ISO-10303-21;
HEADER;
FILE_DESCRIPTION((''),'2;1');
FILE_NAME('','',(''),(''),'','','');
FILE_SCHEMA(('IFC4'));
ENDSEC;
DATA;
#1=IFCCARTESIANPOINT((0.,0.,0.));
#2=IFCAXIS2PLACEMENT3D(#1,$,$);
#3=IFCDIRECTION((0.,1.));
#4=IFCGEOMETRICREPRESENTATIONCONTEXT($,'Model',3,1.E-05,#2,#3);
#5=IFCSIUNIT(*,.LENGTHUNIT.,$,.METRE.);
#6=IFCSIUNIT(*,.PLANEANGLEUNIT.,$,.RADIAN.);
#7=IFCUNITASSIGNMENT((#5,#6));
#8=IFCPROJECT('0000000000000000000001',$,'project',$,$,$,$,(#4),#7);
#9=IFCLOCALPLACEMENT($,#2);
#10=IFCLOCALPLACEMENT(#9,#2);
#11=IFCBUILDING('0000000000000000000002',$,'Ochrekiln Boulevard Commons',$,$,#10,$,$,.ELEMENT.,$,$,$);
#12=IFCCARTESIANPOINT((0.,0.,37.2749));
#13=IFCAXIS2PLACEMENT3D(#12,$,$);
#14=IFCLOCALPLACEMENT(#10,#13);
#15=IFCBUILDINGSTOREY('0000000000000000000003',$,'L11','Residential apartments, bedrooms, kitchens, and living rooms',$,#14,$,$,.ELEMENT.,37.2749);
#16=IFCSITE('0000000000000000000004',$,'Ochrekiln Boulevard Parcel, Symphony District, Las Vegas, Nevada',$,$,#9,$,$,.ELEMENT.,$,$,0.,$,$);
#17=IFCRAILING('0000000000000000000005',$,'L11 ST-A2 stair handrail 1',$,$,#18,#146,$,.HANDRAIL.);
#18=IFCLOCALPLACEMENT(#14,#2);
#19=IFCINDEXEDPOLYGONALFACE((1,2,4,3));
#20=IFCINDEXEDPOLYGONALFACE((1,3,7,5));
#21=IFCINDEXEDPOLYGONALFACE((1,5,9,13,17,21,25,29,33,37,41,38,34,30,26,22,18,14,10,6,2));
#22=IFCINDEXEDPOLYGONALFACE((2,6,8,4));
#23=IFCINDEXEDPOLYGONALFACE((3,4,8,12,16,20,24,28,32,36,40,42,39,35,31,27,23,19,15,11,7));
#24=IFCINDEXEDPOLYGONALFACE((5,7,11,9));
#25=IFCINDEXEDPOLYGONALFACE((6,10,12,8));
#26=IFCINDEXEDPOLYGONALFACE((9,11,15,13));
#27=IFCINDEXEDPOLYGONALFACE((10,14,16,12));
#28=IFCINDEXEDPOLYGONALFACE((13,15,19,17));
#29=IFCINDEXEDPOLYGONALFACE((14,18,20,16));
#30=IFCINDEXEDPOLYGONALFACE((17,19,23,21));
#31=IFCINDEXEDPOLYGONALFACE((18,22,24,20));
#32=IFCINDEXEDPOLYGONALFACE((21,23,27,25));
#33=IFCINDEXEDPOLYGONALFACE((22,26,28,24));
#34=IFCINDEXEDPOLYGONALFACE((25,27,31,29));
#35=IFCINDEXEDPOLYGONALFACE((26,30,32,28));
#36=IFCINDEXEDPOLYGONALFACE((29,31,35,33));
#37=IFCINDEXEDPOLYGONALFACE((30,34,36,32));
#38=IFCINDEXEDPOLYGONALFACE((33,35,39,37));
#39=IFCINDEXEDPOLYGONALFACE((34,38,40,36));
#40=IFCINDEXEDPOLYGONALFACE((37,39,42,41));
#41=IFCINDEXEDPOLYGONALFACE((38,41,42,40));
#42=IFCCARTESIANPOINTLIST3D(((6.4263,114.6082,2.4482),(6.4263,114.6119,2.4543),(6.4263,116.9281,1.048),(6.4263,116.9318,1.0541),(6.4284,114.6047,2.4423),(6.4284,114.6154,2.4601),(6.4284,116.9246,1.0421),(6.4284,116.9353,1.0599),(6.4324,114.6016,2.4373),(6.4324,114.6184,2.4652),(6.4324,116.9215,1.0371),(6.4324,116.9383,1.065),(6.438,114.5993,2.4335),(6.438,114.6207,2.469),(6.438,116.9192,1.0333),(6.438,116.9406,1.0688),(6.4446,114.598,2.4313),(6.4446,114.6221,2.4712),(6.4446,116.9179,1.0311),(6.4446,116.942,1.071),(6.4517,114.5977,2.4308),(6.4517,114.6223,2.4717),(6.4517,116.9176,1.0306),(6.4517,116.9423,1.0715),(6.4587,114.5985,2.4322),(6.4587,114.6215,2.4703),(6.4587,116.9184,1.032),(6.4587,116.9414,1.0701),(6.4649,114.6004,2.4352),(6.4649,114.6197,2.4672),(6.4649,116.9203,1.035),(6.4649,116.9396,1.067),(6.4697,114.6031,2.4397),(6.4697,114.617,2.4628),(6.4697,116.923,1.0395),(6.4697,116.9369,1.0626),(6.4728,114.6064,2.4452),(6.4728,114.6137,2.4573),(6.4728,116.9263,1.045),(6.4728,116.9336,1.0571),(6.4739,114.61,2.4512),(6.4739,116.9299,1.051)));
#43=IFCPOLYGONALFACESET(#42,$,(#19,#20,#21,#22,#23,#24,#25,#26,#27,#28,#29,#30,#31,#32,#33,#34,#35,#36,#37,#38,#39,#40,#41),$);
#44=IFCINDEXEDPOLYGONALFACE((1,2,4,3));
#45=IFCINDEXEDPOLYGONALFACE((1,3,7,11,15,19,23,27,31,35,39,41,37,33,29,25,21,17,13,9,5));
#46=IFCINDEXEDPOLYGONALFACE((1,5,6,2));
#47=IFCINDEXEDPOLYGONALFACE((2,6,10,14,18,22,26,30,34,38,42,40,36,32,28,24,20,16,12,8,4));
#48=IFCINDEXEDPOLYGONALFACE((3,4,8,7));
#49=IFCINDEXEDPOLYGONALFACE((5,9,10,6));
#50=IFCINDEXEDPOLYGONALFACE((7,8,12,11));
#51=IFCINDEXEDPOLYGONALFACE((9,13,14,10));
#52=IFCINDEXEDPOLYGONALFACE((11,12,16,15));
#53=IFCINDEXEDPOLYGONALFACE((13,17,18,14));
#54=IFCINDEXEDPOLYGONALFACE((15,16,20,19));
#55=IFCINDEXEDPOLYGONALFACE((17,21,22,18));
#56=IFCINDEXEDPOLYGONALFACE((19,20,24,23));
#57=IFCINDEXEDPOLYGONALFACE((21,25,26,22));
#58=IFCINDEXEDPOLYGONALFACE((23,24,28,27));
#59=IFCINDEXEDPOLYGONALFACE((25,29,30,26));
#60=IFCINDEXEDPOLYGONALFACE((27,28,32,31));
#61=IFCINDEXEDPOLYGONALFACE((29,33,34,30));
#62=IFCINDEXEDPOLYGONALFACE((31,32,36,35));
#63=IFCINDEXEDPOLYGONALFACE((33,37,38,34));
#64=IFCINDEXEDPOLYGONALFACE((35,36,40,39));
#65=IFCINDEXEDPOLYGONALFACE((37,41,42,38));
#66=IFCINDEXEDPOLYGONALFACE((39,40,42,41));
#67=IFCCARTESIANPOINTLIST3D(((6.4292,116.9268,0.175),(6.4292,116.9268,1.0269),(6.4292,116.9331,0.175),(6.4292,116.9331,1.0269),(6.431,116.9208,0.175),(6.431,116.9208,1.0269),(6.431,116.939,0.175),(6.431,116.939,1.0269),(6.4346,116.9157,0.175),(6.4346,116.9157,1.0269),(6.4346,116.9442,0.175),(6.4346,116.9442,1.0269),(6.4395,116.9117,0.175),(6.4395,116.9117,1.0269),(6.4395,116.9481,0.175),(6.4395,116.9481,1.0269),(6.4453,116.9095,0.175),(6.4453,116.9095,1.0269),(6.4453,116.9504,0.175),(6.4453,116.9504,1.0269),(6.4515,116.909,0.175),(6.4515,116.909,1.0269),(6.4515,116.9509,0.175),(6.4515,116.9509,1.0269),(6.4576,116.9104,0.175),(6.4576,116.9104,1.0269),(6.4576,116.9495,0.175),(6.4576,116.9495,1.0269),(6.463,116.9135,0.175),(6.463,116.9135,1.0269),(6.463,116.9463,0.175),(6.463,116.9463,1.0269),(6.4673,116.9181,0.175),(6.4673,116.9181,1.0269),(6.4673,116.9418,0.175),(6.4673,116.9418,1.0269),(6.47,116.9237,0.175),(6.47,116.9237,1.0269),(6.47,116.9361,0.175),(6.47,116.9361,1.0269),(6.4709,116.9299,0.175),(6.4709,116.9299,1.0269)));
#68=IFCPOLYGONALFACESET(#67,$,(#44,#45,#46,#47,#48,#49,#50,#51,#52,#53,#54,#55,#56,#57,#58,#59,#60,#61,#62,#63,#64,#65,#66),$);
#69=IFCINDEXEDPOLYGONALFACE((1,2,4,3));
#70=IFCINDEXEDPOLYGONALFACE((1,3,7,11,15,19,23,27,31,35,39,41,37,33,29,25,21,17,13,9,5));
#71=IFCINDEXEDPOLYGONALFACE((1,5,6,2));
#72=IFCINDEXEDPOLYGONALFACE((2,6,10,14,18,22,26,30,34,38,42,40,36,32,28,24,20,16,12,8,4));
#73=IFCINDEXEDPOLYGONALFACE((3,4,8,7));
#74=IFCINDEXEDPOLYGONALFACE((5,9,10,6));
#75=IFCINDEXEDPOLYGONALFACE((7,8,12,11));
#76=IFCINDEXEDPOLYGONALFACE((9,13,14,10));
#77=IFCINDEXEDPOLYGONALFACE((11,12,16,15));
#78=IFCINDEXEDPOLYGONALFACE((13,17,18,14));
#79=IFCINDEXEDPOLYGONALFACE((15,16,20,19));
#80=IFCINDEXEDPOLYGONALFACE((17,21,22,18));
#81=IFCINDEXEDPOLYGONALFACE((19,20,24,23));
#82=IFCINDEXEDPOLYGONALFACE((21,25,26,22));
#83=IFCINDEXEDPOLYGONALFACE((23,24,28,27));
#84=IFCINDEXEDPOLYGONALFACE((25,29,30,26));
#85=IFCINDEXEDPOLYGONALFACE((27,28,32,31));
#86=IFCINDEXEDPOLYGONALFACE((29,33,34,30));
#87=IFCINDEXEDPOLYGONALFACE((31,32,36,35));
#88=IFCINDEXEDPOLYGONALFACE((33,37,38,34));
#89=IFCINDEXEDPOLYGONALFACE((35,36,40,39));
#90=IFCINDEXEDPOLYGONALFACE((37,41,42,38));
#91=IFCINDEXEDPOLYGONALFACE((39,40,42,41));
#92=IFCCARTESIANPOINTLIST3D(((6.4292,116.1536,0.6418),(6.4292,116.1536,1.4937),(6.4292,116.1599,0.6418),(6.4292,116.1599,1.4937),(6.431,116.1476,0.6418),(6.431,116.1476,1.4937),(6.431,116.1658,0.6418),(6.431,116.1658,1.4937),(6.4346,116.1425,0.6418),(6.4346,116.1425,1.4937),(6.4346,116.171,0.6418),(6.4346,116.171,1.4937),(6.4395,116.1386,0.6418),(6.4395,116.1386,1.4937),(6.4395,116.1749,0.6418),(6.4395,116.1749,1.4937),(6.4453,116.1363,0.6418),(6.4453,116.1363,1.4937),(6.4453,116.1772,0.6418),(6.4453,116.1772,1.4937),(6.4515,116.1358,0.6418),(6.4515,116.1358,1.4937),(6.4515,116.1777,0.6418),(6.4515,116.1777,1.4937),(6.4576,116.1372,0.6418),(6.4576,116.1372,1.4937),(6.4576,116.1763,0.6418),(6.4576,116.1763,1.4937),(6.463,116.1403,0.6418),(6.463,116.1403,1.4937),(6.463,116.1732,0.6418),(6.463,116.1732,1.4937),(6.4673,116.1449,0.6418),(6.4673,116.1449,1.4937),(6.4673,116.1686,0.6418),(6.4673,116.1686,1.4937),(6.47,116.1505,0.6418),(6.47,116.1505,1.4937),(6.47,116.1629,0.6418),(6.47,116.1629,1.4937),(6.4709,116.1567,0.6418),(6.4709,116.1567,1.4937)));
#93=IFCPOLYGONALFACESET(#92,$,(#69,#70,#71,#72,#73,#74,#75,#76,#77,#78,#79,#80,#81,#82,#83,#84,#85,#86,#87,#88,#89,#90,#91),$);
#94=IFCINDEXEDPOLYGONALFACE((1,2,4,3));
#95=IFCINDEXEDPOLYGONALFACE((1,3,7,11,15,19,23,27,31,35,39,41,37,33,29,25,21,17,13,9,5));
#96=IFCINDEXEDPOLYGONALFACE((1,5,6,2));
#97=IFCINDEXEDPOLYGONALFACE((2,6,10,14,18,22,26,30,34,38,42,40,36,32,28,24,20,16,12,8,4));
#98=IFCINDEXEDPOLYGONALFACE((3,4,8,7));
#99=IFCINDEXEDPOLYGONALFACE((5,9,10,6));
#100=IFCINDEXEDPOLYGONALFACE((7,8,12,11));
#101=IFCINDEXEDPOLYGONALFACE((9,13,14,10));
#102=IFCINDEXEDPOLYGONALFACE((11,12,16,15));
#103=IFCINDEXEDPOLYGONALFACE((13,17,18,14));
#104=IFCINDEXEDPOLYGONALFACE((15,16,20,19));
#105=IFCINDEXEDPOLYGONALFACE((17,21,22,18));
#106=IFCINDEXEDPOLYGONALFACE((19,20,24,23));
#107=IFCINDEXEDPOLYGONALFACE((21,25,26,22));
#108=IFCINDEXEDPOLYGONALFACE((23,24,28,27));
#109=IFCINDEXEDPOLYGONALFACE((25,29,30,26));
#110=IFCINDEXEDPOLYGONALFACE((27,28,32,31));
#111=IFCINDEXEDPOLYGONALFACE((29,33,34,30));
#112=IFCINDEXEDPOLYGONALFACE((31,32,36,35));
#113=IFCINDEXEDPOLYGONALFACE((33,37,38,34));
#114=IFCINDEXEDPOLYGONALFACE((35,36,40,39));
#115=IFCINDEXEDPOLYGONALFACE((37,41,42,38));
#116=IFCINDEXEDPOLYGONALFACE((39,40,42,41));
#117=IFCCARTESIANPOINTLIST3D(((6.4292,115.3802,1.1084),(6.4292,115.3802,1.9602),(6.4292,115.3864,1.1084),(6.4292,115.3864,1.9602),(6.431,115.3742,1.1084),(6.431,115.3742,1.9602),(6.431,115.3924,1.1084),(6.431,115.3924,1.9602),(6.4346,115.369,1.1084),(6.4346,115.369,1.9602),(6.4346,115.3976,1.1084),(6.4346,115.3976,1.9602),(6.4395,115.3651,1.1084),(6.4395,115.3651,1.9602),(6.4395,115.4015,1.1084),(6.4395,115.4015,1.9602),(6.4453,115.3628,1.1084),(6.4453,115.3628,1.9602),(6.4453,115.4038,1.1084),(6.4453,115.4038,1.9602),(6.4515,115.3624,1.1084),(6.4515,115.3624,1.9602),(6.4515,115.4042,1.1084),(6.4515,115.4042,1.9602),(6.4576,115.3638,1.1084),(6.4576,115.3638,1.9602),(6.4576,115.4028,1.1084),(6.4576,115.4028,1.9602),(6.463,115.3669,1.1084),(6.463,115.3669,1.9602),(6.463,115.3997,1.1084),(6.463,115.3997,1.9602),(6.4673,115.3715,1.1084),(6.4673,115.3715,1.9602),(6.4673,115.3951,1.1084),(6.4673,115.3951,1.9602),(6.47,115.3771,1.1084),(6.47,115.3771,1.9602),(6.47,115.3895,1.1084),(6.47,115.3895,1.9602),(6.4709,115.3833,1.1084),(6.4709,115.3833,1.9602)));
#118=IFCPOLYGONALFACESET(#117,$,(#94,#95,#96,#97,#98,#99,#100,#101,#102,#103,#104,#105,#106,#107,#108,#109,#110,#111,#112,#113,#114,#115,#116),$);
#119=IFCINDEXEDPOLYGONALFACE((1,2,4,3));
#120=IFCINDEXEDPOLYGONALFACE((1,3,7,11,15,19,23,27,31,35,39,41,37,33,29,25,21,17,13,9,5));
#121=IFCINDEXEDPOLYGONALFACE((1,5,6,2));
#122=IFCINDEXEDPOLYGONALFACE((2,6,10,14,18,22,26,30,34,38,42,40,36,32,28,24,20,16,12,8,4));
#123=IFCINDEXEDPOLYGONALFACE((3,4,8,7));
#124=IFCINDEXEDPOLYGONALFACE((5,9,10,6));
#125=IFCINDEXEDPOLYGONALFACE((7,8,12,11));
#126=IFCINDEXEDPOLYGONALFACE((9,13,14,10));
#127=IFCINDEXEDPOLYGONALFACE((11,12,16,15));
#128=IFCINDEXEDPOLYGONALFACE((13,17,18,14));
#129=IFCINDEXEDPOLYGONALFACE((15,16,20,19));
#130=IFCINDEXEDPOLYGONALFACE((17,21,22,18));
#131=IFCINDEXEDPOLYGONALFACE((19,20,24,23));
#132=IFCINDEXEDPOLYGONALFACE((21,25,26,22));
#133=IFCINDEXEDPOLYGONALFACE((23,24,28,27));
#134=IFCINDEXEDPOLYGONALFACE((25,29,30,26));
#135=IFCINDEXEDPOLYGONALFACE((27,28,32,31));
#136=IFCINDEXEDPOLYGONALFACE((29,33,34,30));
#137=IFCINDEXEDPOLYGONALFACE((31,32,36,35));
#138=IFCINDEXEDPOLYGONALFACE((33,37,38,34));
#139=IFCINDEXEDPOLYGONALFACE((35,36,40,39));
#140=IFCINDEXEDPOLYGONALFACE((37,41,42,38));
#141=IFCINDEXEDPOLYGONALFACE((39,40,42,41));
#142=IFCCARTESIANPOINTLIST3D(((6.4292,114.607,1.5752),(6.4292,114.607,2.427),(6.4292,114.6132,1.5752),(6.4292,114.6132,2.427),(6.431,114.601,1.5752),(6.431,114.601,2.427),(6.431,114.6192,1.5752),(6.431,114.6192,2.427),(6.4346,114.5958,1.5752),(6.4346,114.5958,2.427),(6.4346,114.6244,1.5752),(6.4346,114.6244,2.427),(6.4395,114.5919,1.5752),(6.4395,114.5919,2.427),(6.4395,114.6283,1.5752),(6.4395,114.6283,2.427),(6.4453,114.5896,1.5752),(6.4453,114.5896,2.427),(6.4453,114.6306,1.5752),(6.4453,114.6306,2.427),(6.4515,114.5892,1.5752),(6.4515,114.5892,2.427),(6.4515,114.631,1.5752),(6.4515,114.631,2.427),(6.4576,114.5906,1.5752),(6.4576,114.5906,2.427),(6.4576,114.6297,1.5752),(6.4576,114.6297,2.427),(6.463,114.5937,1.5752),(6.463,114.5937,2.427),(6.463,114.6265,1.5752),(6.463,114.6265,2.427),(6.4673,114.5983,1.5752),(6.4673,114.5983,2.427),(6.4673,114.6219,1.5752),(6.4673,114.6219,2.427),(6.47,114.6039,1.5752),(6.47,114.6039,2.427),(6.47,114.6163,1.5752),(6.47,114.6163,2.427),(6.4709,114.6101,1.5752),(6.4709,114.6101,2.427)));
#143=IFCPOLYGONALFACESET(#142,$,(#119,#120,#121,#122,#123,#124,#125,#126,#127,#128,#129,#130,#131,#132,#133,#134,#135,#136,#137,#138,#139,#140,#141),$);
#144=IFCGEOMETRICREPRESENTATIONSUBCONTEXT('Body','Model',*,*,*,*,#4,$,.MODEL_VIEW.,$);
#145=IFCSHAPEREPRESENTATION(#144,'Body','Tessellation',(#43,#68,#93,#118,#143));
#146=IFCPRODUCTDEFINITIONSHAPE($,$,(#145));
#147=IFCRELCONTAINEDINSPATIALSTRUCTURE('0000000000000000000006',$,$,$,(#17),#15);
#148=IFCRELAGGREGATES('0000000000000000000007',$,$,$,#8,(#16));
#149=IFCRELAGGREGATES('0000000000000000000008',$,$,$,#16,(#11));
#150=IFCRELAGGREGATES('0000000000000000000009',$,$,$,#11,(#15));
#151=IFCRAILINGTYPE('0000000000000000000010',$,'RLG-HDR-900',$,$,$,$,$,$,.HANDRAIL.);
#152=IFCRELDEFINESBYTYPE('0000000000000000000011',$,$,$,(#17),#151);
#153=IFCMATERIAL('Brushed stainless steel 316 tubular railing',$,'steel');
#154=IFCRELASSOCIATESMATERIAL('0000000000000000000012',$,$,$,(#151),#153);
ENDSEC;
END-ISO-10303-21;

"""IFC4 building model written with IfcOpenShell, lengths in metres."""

from ifc_helpers import new_model, si_unit, direction, frame, origin, origin_2d, place, context, subcontext, project, spatial, circle, extrude, material, type_object, element, save


model = new_model("IFC4")

# Units and contexts
model_context = context("Model", 3, precision=1e-05, world=origin(), true_north=direction((0.0, 1.0)))
body_context = subcontext(model_context, "Body", "Model", "MODEL_VIEW")
ifc_project = project(units=[si_unit("LENGTHUNIT", "METRE"), si_unit("PLANEANGLEUNIT", "RADIAN")], contexts=[model_context])

# Site, building, storey
site_placement = place(None, origin())
site = spatial("IfcSite", under=ifc_project, at=site_placement, Name="Ochrekiln Boulevard Parcel, Symphony District, Las Vegas, Nevada", CompositionType="ELEMENT", RefElevation=0.0)
building_placement = place(site_placement, origin())
building = spatial("IfcBuilding", under=site, at=building_placement, Name="Ochrekiln Boulevard Commons", CompositionType="ELEMENT")
storey_placement = place(building_placement, frame((0.0, 0.0, 37.2749)))
storey = spatial("IfcBuildingStorey", under=building, at=storey_placement, Name="L11", Description="Residential apartments, bedrooms, kitchens, and living rooms", CompositionType="ELEMENT", Elevation=37.2749)

# Railing
ifc_material_1 = material(Name="Brushed stainless steel 316 tubular railing", Category="steel")
railing_type_1 = type_object("IfcRailingType", Name="RLG-HDR-900", PredefinedType="HANDRAIL", material=ifc_material_1)
railing_1_placement = place(storey_placement, frame((6.45, 116.9299, 0.175)))
element("IfcRailing", 1, at=railing_1_placement, inside=storey, type_object=railing_type_1, Name="L11 ST-A2 stair handrail 1", PredefinedType="HANDRAIL", context=body_context, shape_type="SweptSolid", body=[
    extrude(circle(Radius=0.0239, at=origin_2d()), frame((0.0, 0.0, 0.876), z_axis=(0.0, -0.856146, 0.516733), x_axis=(1.0, 0.0, 0.0)), (0.0, 0.0, 1.0), 2.7097),
    extrude(circle(Radius=0.021, at=origin_2d()), origin(), (0.0, 0.0, 1.0), 0.8518),
    extrude(circle(Radius=0.021, at=origin_2d()), frame((0.0, -0.7732, 0.4668)), (0.0, 0.0, 1.0), 0.8518),
    extrude(circle(Radius=0.021, at=origin_2d()), frame((0.0, -1.5466, 0.9333)), (0.0, 0.0, 1.0), 0.8518),
    extrude(circle(Radius=0.021, at=origin_2d()), frame((0.0, -2.3198, 1.4001)), (0.0, 0.0, 1.0), 0.8518),
])

save(model, "model.ifc")
